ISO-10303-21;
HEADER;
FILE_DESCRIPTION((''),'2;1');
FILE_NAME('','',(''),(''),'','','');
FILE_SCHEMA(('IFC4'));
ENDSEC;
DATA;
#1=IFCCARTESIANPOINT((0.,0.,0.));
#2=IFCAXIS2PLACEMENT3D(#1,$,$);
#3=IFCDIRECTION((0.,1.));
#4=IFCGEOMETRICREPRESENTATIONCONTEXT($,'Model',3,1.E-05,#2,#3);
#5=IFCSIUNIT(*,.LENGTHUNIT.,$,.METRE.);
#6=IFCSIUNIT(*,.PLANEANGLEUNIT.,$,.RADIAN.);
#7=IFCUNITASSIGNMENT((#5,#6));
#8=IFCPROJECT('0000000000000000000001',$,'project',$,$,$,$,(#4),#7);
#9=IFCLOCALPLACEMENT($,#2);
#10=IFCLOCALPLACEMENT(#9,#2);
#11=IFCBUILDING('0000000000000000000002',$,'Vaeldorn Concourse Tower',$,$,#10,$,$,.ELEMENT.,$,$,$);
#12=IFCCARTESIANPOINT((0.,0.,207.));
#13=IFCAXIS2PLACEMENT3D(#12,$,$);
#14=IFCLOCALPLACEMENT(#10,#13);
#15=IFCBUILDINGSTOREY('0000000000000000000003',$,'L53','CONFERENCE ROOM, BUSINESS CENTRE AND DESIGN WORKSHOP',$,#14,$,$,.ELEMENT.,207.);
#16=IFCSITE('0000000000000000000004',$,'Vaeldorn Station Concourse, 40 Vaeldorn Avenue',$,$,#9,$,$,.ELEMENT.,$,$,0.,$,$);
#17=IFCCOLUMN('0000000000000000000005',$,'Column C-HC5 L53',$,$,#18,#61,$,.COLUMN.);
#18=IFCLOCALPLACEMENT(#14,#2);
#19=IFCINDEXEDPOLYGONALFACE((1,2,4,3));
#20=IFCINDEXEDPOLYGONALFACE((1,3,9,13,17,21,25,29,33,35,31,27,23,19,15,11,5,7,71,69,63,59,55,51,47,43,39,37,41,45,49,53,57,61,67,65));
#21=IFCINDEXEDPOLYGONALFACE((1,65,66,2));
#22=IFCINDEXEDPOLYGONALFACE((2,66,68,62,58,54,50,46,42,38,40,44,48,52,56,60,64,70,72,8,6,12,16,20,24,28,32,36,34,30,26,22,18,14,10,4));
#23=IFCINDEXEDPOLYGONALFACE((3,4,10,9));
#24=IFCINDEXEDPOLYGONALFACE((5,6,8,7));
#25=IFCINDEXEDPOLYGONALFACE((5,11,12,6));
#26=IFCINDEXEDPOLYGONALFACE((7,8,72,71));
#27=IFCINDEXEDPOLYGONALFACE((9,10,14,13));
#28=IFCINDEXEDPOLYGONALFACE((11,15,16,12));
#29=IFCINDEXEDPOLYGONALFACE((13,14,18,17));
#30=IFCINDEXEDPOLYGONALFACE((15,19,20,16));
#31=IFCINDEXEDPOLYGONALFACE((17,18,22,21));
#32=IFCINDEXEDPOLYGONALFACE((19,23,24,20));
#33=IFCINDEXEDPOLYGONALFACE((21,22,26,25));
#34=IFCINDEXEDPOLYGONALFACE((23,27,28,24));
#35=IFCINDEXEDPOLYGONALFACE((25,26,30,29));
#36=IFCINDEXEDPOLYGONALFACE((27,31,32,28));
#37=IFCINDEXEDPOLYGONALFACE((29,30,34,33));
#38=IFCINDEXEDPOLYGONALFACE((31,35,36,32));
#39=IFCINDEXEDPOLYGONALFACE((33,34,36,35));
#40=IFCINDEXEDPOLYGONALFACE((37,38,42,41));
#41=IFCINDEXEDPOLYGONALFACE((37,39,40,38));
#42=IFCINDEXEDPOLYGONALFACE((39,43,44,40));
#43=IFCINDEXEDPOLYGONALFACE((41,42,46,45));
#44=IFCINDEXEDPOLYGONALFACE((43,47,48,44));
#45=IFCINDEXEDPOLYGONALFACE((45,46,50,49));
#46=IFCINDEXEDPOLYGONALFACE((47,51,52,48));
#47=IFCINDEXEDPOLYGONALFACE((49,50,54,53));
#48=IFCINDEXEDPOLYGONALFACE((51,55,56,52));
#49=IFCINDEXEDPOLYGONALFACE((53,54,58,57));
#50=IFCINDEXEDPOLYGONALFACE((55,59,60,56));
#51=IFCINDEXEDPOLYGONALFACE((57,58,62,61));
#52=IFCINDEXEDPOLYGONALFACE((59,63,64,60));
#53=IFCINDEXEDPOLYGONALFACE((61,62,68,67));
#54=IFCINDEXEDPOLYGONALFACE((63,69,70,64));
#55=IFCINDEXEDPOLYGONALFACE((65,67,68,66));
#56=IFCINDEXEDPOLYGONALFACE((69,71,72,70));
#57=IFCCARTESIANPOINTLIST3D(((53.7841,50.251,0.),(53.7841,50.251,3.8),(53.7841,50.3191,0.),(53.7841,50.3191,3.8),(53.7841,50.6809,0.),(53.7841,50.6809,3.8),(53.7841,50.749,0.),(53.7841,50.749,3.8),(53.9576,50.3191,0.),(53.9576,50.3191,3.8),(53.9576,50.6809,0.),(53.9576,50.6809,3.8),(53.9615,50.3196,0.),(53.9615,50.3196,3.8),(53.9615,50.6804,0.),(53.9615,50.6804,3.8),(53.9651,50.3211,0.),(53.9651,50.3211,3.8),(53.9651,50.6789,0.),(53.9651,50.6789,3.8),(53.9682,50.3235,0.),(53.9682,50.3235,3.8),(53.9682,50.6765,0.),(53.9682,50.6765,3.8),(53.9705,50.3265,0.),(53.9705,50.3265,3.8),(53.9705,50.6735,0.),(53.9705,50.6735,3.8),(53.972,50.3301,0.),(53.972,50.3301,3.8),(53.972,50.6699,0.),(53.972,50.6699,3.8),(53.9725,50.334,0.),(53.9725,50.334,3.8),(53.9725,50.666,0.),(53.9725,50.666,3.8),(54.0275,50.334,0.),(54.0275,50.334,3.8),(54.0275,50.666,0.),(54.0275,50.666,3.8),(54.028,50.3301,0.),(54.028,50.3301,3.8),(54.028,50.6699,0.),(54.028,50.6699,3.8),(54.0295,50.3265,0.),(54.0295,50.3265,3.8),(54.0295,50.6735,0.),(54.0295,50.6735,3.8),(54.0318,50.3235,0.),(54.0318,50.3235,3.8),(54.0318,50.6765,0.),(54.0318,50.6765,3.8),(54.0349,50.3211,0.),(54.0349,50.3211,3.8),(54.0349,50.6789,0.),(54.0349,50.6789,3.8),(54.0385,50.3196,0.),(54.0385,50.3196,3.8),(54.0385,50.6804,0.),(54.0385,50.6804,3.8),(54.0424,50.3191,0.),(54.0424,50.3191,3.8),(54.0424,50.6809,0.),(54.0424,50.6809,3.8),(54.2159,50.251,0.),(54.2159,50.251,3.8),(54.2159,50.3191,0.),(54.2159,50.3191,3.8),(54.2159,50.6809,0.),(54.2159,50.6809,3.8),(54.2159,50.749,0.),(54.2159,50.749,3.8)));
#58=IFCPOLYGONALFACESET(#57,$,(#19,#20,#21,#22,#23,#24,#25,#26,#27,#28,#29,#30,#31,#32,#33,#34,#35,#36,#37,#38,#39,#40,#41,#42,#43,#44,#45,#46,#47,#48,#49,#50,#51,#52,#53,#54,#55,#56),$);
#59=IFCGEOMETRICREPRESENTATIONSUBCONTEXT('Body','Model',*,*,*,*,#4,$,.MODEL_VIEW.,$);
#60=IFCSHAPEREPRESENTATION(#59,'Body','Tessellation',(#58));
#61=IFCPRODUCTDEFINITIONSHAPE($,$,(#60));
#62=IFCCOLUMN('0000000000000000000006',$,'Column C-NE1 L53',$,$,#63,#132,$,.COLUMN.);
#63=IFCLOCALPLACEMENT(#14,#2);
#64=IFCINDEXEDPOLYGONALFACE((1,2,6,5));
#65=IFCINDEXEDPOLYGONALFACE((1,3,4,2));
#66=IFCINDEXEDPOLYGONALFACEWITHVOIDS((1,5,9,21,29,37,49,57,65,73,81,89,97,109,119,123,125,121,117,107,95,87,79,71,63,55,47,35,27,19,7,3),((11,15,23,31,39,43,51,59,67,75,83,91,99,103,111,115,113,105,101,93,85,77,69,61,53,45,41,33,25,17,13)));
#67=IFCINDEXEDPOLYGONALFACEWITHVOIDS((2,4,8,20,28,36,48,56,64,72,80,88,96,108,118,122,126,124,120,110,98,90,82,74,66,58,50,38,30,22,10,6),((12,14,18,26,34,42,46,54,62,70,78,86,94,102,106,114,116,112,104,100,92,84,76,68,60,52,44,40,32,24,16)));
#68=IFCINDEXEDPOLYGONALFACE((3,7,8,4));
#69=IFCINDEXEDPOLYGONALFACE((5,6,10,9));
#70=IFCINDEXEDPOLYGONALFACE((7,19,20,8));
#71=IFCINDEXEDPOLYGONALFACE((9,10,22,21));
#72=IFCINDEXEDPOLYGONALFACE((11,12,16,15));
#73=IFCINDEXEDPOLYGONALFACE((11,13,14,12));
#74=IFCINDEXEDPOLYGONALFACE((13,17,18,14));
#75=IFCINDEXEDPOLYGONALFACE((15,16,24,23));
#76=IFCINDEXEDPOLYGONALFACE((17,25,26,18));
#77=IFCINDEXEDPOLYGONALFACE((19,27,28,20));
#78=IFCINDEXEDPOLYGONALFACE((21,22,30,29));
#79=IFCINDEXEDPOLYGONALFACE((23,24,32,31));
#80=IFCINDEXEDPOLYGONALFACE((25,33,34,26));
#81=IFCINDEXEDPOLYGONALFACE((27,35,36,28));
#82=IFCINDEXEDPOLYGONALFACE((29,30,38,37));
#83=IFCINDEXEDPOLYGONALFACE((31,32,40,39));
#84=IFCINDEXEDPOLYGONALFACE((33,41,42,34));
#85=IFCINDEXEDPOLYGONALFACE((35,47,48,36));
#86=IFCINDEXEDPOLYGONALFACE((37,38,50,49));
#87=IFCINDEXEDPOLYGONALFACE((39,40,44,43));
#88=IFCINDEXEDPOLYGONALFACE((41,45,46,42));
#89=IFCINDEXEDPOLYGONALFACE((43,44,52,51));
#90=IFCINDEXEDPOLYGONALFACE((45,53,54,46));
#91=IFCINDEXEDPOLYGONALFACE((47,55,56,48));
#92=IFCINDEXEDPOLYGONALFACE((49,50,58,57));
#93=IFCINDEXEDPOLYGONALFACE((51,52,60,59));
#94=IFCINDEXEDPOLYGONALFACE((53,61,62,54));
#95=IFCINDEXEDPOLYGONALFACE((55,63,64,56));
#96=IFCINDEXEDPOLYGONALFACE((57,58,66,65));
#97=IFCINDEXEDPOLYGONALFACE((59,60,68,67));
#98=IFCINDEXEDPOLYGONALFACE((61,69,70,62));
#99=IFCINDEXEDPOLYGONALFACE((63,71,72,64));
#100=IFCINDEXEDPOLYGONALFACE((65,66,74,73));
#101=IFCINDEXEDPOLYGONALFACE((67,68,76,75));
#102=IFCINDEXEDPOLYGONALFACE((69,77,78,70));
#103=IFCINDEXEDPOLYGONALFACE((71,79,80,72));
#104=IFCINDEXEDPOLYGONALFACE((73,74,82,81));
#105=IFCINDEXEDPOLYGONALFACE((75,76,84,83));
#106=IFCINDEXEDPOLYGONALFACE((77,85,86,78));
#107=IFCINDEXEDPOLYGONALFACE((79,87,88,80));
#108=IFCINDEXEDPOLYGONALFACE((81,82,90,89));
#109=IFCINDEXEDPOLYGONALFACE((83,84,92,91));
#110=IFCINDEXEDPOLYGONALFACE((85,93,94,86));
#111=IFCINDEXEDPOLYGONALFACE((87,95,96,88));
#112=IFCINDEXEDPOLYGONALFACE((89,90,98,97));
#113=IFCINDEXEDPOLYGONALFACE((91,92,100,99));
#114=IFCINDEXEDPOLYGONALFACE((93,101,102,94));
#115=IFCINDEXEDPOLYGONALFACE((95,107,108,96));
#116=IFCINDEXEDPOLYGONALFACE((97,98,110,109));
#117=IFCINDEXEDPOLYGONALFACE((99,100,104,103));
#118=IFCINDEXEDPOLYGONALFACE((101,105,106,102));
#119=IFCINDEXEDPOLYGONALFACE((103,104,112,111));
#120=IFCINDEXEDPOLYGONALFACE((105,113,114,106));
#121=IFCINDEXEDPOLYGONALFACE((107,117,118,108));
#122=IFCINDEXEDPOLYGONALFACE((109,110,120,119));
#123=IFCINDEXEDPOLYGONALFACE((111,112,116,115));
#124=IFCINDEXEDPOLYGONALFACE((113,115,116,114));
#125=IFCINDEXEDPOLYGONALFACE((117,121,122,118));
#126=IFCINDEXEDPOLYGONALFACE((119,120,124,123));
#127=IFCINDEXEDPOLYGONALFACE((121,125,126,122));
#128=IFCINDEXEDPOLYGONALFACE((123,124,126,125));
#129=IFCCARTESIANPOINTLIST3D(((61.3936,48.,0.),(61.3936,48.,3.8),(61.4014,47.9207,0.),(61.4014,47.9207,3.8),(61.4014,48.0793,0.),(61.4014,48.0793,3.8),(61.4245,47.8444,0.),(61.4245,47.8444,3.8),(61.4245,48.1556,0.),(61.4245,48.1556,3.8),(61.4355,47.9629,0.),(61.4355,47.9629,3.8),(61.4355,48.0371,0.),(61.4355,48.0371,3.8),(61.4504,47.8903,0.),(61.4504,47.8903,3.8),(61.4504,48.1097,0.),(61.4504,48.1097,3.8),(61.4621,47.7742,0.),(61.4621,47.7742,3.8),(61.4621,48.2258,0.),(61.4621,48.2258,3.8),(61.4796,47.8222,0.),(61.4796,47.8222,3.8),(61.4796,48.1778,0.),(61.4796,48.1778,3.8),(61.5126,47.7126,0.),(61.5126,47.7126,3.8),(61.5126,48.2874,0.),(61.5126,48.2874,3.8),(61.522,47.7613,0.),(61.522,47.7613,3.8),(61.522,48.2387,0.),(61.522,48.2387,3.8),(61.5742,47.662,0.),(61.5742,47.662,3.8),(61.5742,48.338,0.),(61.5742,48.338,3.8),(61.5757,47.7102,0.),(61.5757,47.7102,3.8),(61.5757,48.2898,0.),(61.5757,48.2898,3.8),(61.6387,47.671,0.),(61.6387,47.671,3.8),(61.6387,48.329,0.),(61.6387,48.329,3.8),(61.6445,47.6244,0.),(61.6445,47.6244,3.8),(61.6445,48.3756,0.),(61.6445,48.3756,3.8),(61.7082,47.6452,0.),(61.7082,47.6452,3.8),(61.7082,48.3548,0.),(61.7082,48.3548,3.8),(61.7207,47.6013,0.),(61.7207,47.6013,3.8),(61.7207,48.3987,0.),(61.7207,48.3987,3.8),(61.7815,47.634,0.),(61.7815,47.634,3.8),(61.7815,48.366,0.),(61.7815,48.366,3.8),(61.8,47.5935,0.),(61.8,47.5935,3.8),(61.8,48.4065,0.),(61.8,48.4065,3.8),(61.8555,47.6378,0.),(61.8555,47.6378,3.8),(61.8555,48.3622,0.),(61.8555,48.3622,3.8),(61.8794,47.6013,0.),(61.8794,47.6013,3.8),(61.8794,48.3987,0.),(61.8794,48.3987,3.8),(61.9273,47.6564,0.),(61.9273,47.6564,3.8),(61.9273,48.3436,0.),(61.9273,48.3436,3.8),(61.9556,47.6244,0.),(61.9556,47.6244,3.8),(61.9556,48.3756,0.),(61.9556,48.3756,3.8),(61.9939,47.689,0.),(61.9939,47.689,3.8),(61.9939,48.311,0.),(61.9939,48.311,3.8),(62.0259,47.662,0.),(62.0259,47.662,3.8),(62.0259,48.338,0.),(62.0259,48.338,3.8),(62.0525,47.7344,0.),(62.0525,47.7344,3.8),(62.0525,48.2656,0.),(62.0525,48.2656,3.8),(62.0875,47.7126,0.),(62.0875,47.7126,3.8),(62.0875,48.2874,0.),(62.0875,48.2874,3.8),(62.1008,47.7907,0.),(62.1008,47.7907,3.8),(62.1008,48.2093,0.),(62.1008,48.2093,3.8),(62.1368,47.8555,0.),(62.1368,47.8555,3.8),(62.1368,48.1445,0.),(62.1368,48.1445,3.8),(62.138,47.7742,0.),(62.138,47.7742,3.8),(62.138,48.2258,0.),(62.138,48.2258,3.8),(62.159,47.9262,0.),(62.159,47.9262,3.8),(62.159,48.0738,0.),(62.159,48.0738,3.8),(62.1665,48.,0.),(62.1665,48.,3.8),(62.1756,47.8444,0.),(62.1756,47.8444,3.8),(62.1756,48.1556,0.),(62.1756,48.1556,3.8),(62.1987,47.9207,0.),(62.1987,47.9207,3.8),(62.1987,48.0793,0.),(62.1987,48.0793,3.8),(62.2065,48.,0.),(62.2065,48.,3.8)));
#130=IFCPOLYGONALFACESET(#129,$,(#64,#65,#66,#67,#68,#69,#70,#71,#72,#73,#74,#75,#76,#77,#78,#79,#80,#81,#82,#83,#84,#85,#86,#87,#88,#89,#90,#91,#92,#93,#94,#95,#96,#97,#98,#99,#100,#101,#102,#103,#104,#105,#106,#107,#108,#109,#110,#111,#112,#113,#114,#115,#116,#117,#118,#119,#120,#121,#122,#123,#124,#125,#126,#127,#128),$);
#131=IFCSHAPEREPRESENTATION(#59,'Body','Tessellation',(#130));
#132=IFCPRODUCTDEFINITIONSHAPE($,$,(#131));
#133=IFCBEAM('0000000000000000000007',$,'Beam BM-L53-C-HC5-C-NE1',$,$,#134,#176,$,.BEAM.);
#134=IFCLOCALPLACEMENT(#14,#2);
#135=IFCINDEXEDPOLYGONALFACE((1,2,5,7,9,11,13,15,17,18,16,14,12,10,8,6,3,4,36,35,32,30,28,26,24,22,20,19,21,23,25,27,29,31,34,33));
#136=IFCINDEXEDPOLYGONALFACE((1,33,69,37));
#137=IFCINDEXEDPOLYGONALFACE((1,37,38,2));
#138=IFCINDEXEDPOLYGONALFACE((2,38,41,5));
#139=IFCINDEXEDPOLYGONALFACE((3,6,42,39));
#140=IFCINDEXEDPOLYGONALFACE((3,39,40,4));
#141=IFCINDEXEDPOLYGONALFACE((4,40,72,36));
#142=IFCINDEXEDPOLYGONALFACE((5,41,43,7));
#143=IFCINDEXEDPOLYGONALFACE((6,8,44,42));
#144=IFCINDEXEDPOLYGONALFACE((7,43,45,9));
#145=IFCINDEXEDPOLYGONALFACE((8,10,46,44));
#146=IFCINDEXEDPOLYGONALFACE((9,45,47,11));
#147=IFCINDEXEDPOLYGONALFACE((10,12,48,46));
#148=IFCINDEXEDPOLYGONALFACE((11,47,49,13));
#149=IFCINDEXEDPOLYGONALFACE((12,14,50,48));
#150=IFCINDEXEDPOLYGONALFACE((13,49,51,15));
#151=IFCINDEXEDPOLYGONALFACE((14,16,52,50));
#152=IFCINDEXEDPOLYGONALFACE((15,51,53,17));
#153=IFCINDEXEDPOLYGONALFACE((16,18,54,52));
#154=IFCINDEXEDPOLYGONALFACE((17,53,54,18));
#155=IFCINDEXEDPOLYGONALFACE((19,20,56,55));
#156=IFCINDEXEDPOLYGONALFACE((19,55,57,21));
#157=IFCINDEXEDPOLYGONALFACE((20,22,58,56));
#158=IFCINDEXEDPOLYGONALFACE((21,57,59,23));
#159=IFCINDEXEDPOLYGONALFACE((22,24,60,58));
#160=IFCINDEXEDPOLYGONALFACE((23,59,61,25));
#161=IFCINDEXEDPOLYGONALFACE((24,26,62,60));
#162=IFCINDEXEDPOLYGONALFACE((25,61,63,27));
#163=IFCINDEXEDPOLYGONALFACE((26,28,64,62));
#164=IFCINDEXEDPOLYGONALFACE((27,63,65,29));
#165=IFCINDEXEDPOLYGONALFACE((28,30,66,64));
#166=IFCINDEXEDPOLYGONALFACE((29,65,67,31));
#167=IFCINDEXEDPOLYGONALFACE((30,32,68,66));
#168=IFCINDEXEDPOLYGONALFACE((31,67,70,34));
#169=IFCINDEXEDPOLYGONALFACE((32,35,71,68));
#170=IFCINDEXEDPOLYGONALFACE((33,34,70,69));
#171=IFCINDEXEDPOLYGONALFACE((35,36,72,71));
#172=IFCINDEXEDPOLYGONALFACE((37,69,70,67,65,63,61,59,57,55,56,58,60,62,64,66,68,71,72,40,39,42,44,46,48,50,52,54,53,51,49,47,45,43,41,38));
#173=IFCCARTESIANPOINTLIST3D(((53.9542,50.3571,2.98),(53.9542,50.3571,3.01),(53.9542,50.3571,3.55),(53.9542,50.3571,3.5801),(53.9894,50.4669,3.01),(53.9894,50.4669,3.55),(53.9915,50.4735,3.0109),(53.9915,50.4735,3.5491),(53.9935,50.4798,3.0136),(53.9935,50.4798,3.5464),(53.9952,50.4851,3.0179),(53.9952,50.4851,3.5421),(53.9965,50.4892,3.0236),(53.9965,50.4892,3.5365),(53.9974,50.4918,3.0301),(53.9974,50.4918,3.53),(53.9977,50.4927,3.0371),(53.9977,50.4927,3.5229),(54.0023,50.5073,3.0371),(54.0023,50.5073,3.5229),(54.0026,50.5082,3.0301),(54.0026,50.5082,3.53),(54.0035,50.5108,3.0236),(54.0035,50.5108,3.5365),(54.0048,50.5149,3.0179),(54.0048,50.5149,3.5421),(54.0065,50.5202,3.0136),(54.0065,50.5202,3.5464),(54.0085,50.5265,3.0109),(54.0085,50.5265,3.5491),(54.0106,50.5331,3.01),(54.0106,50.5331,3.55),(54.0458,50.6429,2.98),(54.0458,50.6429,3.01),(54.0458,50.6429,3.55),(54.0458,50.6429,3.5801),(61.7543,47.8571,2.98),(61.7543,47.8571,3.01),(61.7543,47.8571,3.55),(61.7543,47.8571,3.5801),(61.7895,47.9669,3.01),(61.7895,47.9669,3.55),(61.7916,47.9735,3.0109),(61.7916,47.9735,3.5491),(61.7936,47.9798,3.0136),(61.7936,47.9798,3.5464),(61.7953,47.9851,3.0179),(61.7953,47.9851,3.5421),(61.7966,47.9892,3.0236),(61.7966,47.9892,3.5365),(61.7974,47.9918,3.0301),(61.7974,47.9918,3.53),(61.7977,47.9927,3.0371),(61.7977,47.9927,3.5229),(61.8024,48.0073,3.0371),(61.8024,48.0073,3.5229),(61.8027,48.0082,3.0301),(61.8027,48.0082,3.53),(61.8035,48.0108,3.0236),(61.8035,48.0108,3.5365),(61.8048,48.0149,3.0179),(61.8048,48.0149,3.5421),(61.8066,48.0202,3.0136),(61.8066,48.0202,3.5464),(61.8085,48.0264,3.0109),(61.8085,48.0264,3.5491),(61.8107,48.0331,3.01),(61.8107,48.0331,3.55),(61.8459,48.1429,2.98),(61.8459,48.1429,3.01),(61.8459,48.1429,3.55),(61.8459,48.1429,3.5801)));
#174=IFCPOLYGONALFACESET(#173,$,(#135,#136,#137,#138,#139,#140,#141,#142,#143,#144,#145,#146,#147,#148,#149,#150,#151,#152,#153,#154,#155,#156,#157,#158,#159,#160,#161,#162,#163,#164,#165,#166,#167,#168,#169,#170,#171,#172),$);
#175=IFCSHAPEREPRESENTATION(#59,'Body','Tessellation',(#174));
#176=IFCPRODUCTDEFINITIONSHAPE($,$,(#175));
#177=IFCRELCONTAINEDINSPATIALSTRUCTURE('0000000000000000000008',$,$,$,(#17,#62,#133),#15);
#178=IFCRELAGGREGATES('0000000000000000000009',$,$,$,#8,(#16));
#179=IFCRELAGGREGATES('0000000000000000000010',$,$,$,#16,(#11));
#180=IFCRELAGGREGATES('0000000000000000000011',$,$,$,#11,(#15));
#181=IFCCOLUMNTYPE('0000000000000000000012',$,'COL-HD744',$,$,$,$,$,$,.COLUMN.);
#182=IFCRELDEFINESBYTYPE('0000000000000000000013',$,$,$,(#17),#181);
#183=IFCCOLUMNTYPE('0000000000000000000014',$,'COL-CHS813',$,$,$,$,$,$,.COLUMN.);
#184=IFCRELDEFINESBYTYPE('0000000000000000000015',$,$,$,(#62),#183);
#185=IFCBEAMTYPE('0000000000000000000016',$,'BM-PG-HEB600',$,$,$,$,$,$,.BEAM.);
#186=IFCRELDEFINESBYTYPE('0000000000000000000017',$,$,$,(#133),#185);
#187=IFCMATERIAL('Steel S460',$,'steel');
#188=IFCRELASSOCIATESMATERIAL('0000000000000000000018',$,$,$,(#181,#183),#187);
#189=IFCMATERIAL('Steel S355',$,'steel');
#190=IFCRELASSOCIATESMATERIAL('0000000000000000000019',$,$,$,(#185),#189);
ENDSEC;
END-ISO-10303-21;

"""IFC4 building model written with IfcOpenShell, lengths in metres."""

from ifc_helpers import new_model, si_unit, direction, frame, origin, origin_2d, place, context, subcontext, project, spatial, hollow_circle, i_section, extrude, source, transform, mapped, material, material_profile, profile_set, type_object, element, save


model = new_model("IFC4")

# Units and contexts
model_context = context("Model", 3, precision=1e-05, world=origin(), true_north=direction((0.0, 1.0)))
body_context = subcontext(model_context, "Body", "Model", "MODEL_VIEW")
ifc_project = project(units=[si_unit("LENGTHUNIT", "METRE"), si_unit("PLANEANGLEUNIT", "RADIAN")], contexts=[model_context])

# Site, building, storey
site_placement = place(None, origin())
site = spatial("IfcSite", under=ifc_project, at=site_placement, Name="Vaeldorn Station Concourse, 40 Vaeldorn Avenue", CompositionType="ELEMENT", RefElevation=0.0)
building_placement = place(site_placement, origin())
building = spatial("IfcBuilding", under=site, at=building_placement, Name="Vaeldorn Concourse Tower", CompositionType="ELEMENT")
storey_placement = place(building_placement, frame((0.0, 0.0, 207.0)))
storey = spatial("IfcBuildingStorey", under=building, at=storey_placement, Name="L53", Description="CONFERENCE ROOM, BUSINESS CENTRE AND DESIGN WORKSHOP", CompositionType="ELEMENT", Elevation=207.0)

# Columns
ifc_material_1 = material(Name="Steel S460", Category="steel")
ifc_material_profile_1 = material_profile(ifc_material_1, i_section(OverallWidth=0.4319, OverallDepth=0.498, WebThickness=0.0549, FlangeThickness=0.0681, FilletRadius=0.0149, at=origin_2d()), Name="HD 400x744")
ifc_profile_set_1 = profile_set([ifc_material_profile_1], Name="Steel S460")
column_type_1 = type_object("IfcColumnType", Name="COL-HD744", PredefinedType="COLUMN", material=ifc_profile_set_1)
shared_shape_1 = source(origin(), body_context, "Body", "SweptSolid", [
    extrude(i_section(OverallWidth=0.4319, OverallDepth=0.498, WebThickness=0.0549, FlangeThickness=0.0681, FilletRadius=0.0149, at=origin_2d()), origin(), (0.0, 0.0, 1.0), 3.8),
])
column_1_placement = place(storey_placement, frame((54.0, 50.5, 0.0), z_axis=(0.0, 0.0, 1.0), x_axis=(1.0, 0.0, 0.0)))
element("IfcColumn", 1, at=column_1_placement, inside=storey, type_object=column_type_1, Name="Column C-HC5 L53", PredefinedType="COLUMN", context=body_context, shape_type="MappedRepresentation", body=[
    mapped(shared_shape_1, transform((0.0, 0.0, 0.0), scale=1.0)),
])
ifc_material_profile_2 = material_profile(ifc_material_1, hollow_circle(Radius=0.4065, WallThickness=0.04, at=origin_2d()), Name="CHS 813x40")
ifc_profile_set_2 = profile_set([ifc_material_profile_2], Name="Steel S460")
column_type_2 = type_object("IfcColumnType", Name="COL-CHS813", PredefinedType="COLUMN", material=ifc_profile_set_2)
shared_shape_2 = source(origin(), body_context, "Body", "SweptSolid", [
    extrude(hollow_circle(Radius=0.4065, WallThickness=0.04, at=origin_2d()), origin(), (0.0, 0.0, 1.0), 3.8),
])
column_2_placement = place(storey_placement, frame((61.8, 48.0, 0.0), z_axis=(0.0, 0.0, 1.0), x_axis=(1.0, 0.0, 0.0)))
element("IfcColumn", 2, at=column_2_placement, inside=storey, type_object=column_type_2, Name="Column C-NE1 L53", PredefinedType="COLUMN", context=body_context, shape_type="MappedRepresentation", body=[
    mapped(shared_shape_2, transform((0.0, 0.0, 0.0), scale=1.0)),
])

# Beam
ifc_material_2 = material(Name="Steel S355", Category="steel")
ifc_material_profile_3 = material_profile(ifc_material_2, i_section(OverallWidth=0.3, OverallDepth=0.6001, WebThickness=0.0154, FlangeThickness=0.03, FilletRadius=0.0271, at=origin_2d()), Name="HEB 600")
ifc_profile_set_3 = profile_set([ifc_material_profile_3], Name="Steel S355")
beam_type_1 = type_object("IfcBeamType", Name="BM-PG-HEB600", PredefinedType="BEAM", material=ifc_profile_set_3)
shared_shape_3 = source(origin(), body_context, "Body", "SweptSolid", [
    extrude(i_section(OverallWidth=0.3, OverallDepth=0.6001, WebThickness=0.0154, FlangeThickness=0.03, FilletRadius=0.0271, at=origin_2d()), origin(), (0.0, 0.0, 1.0), 8.1909),
])
beam_1_placement = place(storey_placement, frame((54.0, 50.5, 3.28), z_axis=(0.952283, -0.305217, 0.0), x_axis=(0.305217, 0.952283, 0.0)))
element("IfcBeam", 3, at=beam_1_placement, inside=storey, type_object=beam_type_1, Name="Beam BM-L53-C-HC5-C-NE1", PredefinedType="BEAM", context=body_context, shape_type="MappedRepresentation", body=[
    mapped(shared_shape_3, transform((0.0, 0.0, 0.0), scale=1.0)),
])

save(model, "model.ifc")
